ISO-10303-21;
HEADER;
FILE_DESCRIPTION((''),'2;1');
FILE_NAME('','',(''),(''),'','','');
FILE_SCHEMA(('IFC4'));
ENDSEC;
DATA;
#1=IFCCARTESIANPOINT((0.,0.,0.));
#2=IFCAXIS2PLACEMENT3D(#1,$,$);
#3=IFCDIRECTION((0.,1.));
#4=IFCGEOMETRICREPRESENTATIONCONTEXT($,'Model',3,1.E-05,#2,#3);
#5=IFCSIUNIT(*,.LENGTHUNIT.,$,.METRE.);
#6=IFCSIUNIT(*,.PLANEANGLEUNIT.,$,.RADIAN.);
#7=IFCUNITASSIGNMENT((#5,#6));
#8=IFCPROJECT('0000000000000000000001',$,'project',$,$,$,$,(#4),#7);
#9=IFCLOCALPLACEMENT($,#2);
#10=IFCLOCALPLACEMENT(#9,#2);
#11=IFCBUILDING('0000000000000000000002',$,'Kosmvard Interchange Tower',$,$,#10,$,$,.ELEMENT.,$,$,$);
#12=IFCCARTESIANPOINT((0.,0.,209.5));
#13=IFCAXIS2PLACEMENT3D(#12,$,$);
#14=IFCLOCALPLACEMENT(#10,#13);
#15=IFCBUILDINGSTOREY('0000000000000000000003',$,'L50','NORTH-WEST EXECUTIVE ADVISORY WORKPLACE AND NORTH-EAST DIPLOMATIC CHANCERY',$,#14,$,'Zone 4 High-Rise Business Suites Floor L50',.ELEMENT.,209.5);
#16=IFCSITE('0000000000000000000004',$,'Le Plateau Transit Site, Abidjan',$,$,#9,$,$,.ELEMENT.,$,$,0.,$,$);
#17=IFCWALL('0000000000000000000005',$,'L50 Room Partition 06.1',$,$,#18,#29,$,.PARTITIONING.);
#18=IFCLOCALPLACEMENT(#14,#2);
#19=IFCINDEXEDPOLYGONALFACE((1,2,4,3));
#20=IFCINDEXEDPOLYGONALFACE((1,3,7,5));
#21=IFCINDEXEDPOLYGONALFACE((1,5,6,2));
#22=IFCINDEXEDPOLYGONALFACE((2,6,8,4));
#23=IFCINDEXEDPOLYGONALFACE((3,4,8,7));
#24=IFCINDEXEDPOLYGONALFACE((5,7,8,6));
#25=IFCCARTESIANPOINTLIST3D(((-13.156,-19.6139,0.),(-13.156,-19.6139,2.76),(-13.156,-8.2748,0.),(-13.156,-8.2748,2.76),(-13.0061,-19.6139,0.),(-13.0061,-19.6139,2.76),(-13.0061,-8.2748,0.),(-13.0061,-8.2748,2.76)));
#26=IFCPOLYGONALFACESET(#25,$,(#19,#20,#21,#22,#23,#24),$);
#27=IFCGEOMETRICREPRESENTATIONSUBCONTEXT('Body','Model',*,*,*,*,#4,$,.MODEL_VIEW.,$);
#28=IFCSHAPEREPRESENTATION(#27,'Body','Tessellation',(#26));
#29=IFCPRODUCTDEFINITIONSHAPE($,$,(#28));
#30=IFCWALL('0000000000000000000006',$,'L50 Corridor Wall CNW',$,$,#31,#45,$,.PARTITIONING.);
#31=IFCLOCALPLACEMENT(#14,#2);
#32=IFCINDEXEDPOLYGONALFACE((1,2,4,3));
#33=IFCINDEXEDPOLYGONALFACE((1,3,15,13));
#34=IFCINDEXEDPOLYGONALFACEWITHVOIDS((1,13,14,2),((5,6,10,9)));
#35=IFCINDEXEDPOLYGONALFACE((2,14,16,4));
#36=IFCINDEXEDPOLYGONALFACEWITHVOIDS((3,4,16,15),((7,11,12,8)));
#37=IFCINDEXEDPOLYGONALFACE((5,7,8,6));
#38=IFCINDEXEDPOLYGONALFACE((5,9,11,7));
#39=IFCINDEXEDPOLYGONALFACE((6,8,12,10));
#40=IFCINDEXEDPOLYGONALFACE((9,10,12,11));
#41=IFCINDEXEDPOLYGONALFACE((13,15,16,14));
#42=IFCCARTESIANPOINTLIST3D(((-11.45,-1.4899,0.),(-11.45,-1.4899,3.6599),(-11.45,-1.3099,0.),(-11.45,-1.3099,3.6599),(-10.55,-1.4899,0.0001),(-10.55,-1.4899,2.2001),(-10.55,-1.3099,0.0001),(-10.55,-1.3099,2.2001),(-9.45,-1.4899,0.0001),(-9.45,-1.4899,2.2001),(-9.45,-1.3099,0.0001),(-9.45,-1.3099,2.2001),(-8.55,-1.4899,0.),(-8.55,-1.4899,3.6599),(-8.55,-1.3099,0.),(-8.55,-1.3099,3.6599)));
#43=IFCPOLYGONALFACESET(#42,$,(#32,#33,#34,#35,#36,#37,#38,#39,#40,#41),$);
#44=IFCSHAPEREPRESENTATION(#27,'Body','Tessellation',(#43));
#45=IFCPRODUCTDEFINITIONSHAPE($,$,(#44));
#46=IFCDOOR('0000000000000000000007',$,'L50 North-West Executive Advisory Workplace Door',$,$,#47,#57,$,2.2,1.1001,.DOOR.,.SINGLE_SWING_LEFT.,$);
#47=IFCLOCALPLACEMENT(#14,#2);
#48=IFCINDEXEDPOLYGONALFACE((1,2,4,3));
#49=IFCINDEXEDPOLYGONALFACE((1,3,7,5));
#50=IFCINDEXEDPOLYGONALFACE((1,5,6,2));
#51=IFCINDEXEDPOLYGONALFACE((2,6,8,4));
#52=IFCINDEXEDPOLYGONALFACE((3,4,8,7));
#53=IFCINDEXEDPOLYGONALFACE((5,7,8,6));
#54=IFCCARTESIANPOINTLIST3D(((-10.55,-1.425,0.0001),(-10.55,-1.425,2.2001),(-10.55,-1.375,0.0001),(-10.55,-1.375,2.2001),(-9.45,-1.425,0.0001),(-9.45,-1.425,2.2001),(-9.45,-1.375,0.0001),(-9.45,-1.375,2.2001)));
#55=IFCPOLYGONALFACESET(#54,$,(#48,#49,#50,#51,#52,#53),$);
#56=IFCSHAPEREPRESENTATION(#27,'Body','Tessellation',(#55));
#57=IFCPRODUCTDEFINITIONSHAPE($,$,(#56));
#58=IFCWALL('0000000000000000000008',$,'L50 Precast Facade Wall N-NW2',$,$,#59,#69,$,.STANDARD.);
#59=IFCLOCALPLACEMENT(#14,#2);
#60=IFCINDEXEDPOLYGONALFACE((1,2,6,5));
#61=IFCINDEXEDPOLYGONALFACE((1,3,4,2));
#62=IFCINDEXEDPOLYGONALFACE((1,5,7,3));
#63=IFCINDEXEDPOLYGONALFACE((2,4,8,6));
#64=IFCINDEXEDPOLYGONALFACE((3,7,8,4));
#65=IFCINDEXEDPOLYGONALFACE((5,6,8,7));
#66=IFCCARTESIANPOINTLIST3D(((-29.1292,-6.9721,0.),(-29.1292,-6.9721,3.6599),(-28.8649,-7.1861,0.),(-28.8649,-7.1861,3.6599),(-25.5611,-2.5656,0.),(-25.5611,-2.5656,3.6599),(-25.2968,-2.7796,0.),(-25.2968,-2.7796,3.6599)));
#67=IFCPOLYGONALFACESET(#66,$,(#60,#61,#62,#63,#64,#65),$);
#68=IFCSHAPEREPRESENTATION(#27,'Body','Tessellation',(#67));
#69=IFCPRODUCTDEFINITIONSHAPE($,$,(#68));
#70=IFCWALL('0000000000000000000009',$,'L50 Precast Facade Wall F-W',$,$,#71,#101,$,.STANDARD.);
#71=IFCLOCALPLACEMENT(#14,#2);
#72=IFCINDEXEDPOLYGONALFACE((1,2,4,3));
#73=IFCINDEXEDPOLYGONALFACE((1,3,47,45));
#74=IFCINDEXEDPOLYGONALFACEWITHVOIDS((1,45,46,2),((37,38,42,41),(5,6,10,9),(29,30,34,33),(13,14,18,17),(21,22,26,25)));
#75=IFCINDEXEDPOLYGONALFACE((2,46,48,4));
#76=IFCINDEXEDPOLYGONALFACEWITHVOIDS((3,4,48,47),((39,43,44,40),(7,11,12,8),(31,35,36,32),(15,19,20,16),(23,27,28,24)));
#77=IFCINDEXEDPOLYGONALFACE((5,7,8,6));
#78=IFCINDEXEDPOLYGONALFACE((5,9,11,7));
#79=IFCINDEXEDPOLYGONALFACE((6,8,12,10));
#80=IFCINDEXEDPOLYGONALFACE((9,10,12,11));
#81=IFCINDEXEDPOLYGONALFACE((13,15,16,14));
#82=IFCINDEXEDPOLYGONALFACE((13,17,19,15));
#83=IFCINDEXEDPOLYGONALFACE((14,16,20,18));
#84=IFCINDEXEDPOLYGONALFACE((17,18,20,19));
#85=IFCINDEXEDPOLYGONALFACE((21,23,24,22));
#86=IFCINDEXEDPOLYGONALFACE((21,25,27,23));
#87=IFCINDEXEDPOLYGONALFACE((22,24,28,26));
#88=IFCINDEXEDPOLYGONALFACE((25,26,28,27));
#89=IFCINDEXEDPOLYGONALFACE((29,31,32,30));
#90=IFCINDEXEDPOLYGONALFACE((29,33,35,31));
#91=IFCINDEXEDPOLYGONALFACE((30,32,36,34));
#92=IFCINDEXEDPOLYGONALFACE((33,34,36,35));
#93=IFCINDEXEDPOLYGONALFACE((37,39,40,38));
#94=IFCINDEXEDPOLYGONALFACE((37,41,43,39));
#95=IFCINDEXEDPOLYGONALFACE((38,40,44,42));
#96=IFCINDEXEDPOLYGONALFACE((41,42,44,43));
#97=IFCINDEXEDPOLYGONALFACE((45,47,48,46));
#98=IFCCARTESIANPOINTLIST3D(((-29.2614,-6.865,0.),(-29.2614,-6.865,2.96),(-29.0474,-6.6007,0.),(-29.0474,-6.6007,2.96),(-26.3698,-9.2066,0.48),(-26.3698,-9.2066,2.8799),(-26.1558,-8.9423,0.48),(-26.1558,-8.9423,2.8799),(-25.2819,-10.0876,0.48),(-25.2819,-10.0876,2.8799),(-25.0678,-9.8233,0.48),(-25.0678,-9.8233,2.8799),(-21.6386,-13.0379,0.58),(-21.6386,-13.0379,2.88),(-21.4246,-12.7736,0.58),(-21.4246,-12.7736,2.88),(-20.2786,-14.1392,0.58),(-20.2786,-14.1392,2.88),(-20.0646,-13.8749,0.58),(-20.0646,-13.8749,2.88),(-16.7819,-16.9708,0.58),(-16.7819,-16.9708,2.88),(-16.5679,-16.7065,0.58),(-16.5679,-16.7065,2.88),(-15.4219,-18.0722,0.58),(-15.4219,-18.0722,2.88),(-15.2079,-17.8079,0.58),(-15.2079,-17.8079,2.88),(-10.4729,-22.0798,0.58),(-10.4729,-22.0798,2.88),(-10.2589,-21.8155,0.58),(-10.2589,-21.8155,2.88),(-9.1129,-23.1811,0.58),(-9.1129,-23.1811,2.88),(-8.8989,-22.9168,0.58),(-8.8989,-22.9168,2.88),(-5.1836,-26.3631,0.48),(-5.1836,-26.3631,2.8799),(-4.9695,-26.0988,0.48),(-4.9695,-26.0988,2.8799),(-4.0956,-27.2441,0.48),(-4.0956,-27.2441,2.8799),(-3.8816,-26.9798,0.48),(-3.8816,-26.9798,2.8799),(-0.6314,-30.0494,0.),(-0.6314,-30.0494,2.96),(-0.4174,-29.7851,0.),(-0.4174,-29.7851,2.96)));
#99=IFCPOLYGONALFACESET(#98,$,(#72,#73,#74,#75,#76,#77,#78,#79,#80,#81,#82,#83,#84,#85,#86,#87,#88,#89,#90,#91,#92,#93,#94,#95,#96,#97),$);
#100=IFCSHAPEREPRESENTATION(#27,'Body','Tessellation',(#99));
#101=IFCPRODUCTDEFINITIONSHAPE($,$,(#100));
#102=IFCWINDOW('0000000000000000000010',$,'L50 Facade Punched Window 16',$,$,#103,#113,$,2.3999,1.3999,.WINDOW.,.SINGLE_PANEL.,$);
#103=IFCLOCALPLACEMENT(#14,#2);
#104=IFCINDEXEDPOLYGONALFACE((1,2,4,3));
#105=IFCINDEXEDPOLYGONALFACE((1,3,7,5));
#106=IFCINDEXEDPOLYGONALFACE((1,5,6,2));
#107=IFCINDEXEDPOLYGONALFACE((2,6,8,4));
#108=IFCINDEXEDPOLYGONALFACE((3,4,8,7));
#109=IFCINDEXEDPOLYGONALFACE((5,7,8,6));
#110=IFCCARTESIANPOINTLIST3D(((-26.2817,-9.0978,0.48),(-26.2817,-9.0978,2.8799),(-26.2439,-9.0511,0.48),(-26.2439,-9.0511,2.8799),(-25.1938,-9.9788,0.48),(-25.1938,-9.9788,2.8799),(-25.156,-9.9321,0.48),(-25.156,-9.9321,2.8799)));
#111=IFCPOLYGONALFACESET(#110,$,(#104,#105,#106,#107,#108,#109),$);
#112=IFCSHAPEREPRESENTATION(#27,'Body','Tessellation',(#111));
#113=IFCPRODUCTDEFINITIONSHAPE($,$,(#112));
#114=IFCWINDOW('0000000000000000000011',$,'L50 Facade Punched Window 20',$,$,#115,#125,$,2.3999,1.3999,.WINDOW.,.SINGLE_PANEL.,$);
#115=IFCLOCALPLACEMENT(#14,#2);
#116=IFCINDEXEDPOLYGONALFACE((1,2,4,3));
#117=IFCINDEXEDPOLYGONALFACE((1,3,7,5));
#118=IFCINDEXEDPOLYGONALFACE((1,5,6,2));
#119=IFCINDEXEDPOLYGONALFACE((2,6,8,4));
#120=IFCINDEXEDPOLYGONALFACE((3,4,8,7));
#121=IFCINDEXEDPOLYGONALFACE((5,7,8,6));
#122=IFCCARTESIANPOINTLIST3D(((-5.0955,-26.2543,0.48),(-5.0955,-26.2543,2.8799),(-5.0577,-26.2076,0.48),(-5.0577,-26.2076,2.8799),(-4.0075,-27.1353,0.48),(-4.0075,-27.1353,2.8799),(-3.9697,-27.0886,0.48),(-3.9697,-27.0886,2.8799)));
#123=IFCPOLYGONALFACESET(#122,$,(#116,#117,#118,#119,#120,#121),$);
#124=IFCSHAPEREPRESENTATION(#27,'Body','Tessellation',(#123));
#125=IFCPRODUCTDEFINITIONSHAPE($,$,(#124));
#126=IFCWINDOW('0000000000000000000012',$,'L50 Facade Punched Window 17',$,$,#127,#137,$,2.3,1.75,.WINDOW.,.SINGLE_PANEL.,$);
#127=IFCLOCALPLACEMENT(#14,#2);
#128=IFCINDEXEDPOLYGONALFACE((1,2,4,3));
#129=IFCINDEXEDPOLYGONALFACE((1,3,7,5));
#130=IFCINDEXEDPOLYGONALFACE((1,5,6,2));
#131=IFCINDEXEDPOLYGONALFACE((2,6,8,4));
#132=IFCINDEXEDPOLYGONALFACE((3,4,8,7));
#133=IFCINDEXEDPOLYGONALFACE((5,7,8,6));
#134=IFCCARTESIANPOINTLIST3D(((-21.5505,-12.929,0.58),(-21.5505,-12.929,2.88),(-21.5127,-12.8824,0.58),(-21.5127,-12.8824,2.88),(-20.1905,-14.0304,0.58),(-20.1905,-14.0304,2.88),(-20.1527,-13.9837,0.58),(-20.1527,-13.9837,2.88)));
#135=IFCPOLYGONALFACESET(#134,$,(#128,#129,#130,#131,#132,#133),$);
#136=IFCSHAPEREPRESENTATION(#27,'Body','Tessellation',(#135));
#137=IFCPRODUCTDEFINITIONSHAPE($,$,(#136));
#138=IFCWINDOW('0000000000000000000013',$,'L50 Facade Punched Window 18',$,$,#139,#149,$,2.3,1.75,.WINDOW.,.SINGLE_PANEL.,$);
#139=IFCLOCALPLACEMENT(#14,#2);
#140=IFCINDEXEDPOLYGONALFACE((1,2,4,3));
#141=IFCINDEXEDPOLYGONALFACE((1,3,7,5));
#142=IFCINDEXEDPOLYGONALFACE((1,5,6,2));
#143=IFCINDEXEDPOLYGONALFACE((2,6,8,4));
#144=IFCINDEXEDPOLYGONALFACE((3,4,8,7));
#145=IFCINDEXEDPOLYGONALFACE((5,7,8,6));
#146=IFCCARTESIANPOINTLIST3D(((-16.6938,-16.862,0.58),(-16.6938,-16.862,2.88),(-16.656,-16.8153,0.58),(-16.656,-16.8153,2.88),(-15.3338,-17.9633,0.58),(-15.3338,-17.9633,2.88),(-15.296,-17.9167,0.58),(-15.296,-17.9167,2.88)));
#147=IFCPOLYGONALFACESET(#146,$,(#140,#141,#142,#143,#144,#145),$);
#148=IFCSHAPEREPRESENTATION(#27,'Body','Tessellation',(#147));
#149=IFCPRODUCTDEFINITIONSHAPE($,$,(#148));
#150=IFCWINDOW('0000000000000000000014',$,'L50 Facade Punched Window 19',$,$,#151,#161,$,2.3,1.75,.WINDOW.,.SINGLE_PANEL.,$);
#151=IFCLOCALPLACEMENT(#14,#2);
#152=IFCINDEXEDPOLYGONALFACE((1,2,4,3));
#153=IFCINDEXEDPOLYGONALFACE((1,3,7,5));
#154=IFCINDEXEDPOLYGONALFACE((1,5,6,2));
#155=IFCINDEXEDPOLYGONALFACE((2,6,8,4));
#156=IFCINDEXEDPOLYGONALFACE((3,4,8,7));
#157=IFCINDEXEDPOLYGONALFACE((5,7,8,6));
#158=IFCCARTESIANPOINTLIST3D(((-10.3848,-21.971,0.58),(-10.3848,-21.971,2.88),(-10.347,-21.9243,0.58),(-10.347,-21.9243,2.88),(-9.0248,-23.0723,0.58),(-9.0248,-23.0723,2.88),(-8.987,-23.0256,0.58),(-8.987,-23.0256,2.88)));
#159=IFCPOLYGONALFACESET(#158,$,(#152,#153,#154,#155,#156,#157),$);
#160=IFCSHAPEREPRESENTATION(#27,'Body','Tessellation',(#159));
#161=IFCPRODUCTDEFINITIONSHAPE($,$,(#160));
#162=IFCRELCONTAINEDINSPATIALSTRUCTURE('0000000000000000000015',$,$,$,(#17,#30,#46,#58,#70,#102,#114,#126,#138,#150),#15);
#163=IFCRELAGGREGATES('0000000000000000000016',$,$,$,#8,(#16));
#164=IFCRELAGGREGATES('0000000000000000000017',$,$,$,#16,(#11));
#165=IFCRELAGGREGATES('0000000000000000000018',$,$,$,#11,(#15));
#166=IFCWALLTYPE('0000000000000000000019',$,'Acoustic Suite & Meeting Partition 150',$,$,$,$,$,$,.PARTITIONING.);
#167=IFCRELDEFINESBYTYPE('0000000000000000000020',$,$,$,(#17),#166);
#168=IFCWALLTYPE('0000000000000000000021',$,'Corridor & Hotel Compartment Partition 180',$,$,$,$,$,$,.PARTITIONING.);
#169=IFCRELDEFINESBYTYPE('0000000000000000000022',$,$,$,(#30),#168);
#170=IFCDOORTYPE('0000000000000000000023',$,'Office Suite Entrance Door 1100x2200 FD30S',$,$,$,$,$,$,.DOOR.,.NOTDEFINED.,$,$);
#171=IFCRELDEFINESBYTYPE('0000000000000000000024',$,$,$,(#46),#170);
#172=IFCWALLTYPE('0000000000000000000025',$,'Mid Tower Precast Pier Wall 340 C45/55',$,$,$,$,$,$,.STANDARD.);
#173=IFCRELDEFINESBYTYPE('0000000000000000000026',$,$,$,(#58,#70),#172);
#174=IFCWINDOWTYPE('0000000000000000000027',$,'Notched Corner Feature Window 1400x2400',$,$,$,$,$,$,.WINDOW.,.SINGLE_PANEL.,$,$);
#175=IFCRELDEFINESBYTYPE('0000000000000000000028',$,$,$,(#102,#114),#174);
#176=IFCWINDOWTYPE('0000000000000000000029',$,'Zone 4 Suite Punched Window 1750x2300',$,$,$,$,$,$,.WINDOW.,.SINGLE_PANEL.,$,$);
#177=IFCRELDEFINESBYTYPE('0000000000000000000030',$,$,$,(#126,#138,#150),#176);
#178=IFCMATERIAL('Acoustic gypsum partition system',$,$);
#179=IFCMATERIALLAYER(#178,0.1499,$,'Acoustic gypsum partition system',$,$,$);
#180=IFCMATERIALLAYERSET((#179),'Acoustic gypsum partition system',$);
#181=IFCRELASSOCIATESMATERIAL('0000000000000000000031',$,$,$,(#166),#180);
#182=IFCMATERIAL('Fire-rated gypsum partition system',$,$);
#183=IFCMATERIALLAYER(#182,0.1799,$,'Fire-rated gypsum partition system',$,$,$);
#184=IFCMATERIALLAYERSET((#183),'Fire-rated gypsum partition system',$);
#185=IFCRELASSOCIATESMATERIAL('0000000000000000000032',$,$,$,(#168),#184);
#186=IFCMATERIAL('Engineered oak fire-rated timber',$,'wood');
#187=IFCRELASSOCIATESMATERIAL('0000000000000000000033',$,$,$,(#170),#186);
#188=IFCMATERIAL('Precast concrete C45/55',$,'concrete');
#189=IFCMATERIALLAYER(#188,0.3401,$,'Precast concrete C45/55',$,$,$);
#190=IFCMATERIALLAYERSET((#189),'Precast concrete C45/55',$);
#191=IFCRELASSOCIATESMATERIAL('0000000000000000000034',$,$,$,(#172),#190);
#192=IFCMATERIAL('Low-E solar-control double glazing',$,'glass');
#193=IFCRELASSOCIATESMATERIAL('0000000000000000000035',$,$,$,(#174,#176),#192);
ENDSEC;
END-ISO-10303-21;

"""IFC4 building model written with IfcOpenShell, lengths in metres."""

from ifc_helpers import new_model, si_unit, direction, frame, frame_2d, origin, place, context, subcontext, project, spatial, rectangle, extrude, source, transform, mapped, material, layer, layer_set, type_object, element, fill, save


model = new_model("IFC4")

# Units and contexts
model_context = context("Model", 3, precision=1e-05, world=origin(), true_north=direction((0.0, 1.0)))
body_context = subcontext(model_context, "Body", "Model", "MODEL_VIEW")
ifc_project = project(units=[si_unit("LENGTHUNIT", "METRE"), si_unit("PLANEANGLEUNIT", "RADIAN")], contexts=[model_context])

# Site, building, storey
site_placement = place(None, origin())
site = spatial("IfcSite", under=ifc_project, at=site_placement, Name="Le Plateau Transit Site, Abidjan", CompositionType="ELEMENT", RefElevation=0.0)
building_placement = place(site_placement, origin())
building = spatial("IfcBuilding", under=site, at=building_placement, Name="Kosmvard Interchange Tower", CompositionType="ELEMENT")
storey_placement = place(building_placement, frame((0.0, 0.0, 209.5)))
storey = spatial("IfcBuildingStorey", under=building, at=storey_placement, Name="L50", Description="NORTH-WEST EXECUTIVE ADVISORY WORKPLACE AND NORTH-EAST DIPLOMATIC CHANCERY", LongName="Zone 4 High-Rise Business Suites Floor L50", CompositionType="ELEMENT", Elevation=209.5)

# Wall
ifc_material_1 = material(Name="Acoustic gypsum partition system")
ifc_layer_1 = layer(ifc_material_1, 0.1499, Name="Acoustic gypsum partition system")
ifc_layer_set_1 = layer_set([ifc_layer_1], Name="Acoustic gypsum partition system")
wall_type_1 = type_object("IfcWallType", Name="Acoustic Suite & Meeting Partition 150", PredefinedType="PARTITIONING", material=ifc_layer_set_1)
wall_1_placement = place(storey_placement, frame((-13.0811, -8.2749, 0.0), z_axis=(0.0, 0.0, 1.0), x_axis=(0.0, -1.0, 0.0)))
element("IfcWall", 1, at=wall_1_placement, inside=storey, type_object=wall_type_1, Name="L50 Room Partition 06.1", PredefinedType="PARTITIONING", context=body_context, shape_type="SweptSolid", body=[
    extrude(rectangle(XDim=11.3391, YDim=0.1499, at=frame_2d((5.6694, 0.0))), origin(), (0.0, 0.0, 1.0), 2.76),
])

# Wall, opening, door
ifc_material_2 = material(Name="Fire-rated gypsum partition system")
ifc_layer_2 = layer(ifc_material_2, 0.1799, Name="Fire-rated gypsum partition system")
ifc_layer_set_2 = layer_set([ifc_layer_2], Name="Fire-rated gypsum partition system")
wall_type_2 = type_object("IfcWallType", Name="Corridor & Hotel Compartment Partition 180", PredefinedType="PARTITIONING", material=ifc_layer_set_2)
wall_2_placement = place(storey_placement, frame((-11.45, -1.3999, 0.0), z_axis=(0.0, 0.0, 1.0), x_axis=(1.0, 0.0, 0.0)))
wall_2 = element("IfcWall", 2, at=wall_2_placement, inside=storey, type_object=wall_type_2, Name="L50 Corridor Wall CNW", PredefinedType="PARTITIONING", context=body_context, shape_type="SweptSolid", body=[
    extrude(rectangle(XDim=2.8999, YDim=0.1799, at=frame_2d((1.45, 0.0))), origin(), (0.0, 0.0, 1.0), 3.6599),
])
opening_1_placement = place(wall_2_placement, frame((0.8999, 0.0, 0.0)))
opening_1 = element("IfcOpeningElement", 3, at=opening_1_placement, cuts=wall_2, PredefinedType="OPENING", context=body_context, shape_type="SweptSolid", body=[
    extrude(rectangle(XDim=1.1001, YDim=2.2, at=frame_2d((0.55, 1.1001))), frame((0.0, 0.1001, 0.0), z_axis=(0.0, -1.0, 0.0), x_axis=(1.0, 0.0, 0.0)), (0.0, 0.0, 1.0), 0.2),
])
ifc_material_3 = material(Name="Engineered oak fire-rated timber", Category="wood")
door_type_1 = type_object("IfcDoorType", Name="Office Suite Entrance Door 1100x2200 FD30S", OperationType="NOTDEFINED", PredefinedType="DOOR", material=ifc_material_3)
shared_shape_1 = source(origin(), body_context, "Body", "SweptSolid", [
    extrude(rectangle(XDim=1.1001, YDim=2.2, at=frame_2d((0.55, 1.1001))), frame((0.0, 0.0249, 0.0), z_axis=(0.0, -1.0, 0.0), x_axis=(1.0, 0.0, 0.0)), (0.0, 0.0, 1.0), 0.05),
])
door_1_placement = place(opening_1_placement, origin())
door_1 = element("IfcDoor", 4, at=door_1_placement, inside=storey, type_object=door_type_1, Name="L50 North-West Executive Advisory Workplace Door", OperationType="SINGLE_SWING_LEFT", OverallHeight=2.2, OverallWidth=1.1001, PredefinedType="DOOR", context=body_context, shape_type="MappedRepresentation", body=[
    mapped(shared_shape_1, transform((0.0, 0.0, 0.0), scale=1.0)),
])
fill(opening_1, door_1)

# Wall
ifc_material_4 = material(Name="Precast concrete C45/55", Category="concrete")
ifc_layer_3 = layer(ifc_material_4, 0.3401, Name="Precast concrete C45/55")
ifc_layer_set_3 = layer_set([ifc_layer_3], Name="Precast concrete C45/55")
wall_type_3 = type_object("IfcWallType", Name="Mid Tower Precast Pier Wall 340 C45/55", PredefinedType="STANDARD", material=ifc_layer_set_3)
wall_3_placement = place(storey_placement, frame((-25.429, -2.6726, 0.0), z_axis=(0.0, 0.0, 1.0), x_axis=(-0.6293, -0.777163, 0.0)))
element("IfcWall", 5, at=wall_3_placement, inside=storey, type_object=wall_type_3, Name="L50 Precast Facade Wall N-NW2", PredefinedType="STANDARD", context=body_context, shape_type="SweptSolid", body=[
    extrude(rectangle(XDim=5.6699, YDim=0.3401, at=frame_2d((2.835, 0.0))), origin(), (0.0, 0.0, 1.0), 3.6599),
])

# Wall, openings, windows
wall_4_placement = place(storey_placement, frame((-29.1543, -6.7329, 0.0), z_axis=(0.0, 0.0, 1.0), x_axis=(0.777142, -0.629325, 0.0)))
wall_4 = element("IfcWall", 6, at=wall_4_placement, inside=storey, type_object=wall_type_3, Name="L50 Precast Facade Wall F-W", PredefinedType="STANDARD", context=body_context, shape_type="SweptSolid", body=[
    extrude(rectangle(XDim=36.8401, YDim=0.3401, at=frame_2d((18.4199, 0.0))), origin(), (0.0, 0.0, 1.0), 2.96),
])
opening_2_placement = place(wall_4_placement, frame((3.7207, 0.0, 0.48)))
opening_2 = element("IfcOpeningElement", 7, at=opening_2_placement, cuts=wall_4, PredefinedType="OPENING", context=body_context, shape_type="SweptSolid", body=[
    extrude(rectangle(XDim=1.3999, YDim=2.3999, at=frame_2d((0.7, 1.2))), frame((0.0, 0.1802, 0.0), z_axis=(0.0, -1.0, 0.0), x_axis=(1.0, 0.0, 0.0)), (0.0, 0.0, 1.0), 0.3601),
])
opening_3_placement = place(wall_4_placement, frame((9.8086, 0.0, 0.5801)))
opening_3 = element("IfcOpeningElement", 8, at=opening_3_placement, cuts=wall_4, PredefinedType="OPENING", context=body_context, shape_type="SweptSolid", body=[
    extrude(rectangle(XDim=1.75, YDim=2.3, at=frame_2d((0.875, 1.1499))), frame((0.0, 0.1802, 0.0), z_axis=(0.0, -1.0, 0.0), x_axis=(1.0, 0.0, 0.0)), (0.0, 0.0, 1.0), 0.3601),
])
opening_4_placement = place(wall_4_placement, frame((16.0581, 0.0, 0.5801)))
opening_4 = element("IfcOpeningElement", 9, at=opening_4_placement, cuts=wall_4, PredefinedType="OPENING", context=body_context, shape_type="SweptSolid", body=[
    extrude(rectangle(XDim=1.75, YDim=2.3, at=frame_2d((0.875, 1.1499))), frame((0.0, 0.1802, 0.0), z_axis=(0.0, -1.0, 0.0), x_axis=(1.0, 0.0, 0.0)), (0.0, 0.0, 1.0), 0.3601),
])
opening_5_placement = place(wall_4_placement, frame((24.1763, 0.0, 0.5801)))
opening_5 = element("IfcOpeningElement", 10, at=opening_5_placement, cuts=wall_4, PredefinedType="OPENING", context=body_context, shape_type="SweptSolid", body=[
    extrude(rectangle(XDim=1.75, YDim=2.3, at=frame_2d((0.875, 1.1499))), frame((0.0, 0.1802, 0.0), z_axis=(0.0, -1.0, 0.0), x_axis=(1.0, 0.0, 0.0)), (0.0, 0.0, 1.0), 0.3601),
])
opening_6_placement = place(wall_4_placement, frame((30.9824, 0.0, 0.48)))
opening_6 = element("IfcOpeningElement", 11, at=opening_6_placement, cuts=wall_4, PredefinedType="OPENING", context=body_context, shape_type="SweptSolid", body=[
    extrude(rectangle(XDim=1.3999, YDim=2.3999, at=frame_2d((0.7, 1.2))), frame((0.0, 0.1802, 0.0), z_axis=(0.0, -1.0, 0.0), x_axis=(1.0, 0.0, 0.0)), (0.0, 0.0, 1.0), 0.3601),
])
ifc_material_5 = material(Name="Low-E solar-control double glazing", Category="glass")
window_type_1 = type_object("IfcWindowType", Name="Notched Corner Feature Window 1400x2400", PartitioningType="SINGLE_PANEL", PredefinedType="WINDOW", material=ifc_material_5)
shared_shape_2 = source(origin(), body_context, "Body", "SweptSolid", [
    extrude(rectangle(XDim=1.3999, YDim=2.3999, at=frame_2d((0.7, 1.2))), frame((0.0, 0.03, 0.0), z_axis=(0.0, -1.0, 0.0), x_axis=(1.0, 0.0, 0.0)), (0.0, 0.0, 1.0), 0.0601),
])
window_1_placement = place(opening_2_placement, origin())
window_1 = element("IfcWindow", 12, at=window_1_placement, inside=storey, type_object=window_type_1, Name="L50 Facade Punched Window 16", OverallHeight=2.3999, OverallWidth=1.3999, PartitioningType="SINGLE_PANEL", PredefinedType="WINDOW", context=body_context, shape_type="MappedRepresentation", body=[
    mapped(shared_shape_2, transform((0.0, 0.0, 0.0), scale=1.0)),
])
fill(opening_2, window_1)
window_2_placement = place(opening_6_placement, origin())
window_2 = element("IfcWindow", 13, at=window_2_placement, inside=storey, type_object=window_type_1, Name="L50 Facade Punched Window 20", OverallHeight=2.3999, OverallWidth=1.3999, PartitioningType="SINGLE_PANEL", PredefinedType="WINDOW", context=body_context, shape_type="MappedRepresentation", body=[
    mapped(shared_shape_2, transform((0.0, 0.0, 0.0), scale=1.0)),
])
fill(opening_6, window_2)
window_type_2 = type_object("IfcWindowType", Name="Zone 4 Suite Punched Window 1750x2300", PartitioningType="SINGLE_PANEL", PredefinedType="WINDOW", material=ifc_material_5)
shared_shape_3 = source(origin(), body_context, "Body", "SweptSolid", [
    extrude(rectangle(XDim=1.75, YDim=2.3, at=frame_2d((0.875, 1.1499))), frame((0.0, 0.03, 0.0), z_axis=(0.0, -1.0, 0.0), x_axis=(1.0, 0.0, 0.0)), (0.0, 0.0, 1.0), 0.0601),
])
window_3_placement = place(opening_3_placement, origin())
window_3 = element("IfcWindow", 14, at=window_3_placement, inside=storey, type_object=window_type_2, Name="L50 Facade Punched Window 17", OverallHeight=2.3, OverallWidth=1.75, PartitioningType="SINGLE_PANEL", PredefinedType="WINDOW", context=body_context, shape_type="MappedRepresentation", body=[
    mapped(shared_shape_3, transform((0.0, 0.0, 0.0), scale=1.0)),
])
fill(opening_3, window_3)
window_4_placement = place(opening_4_placement, origin())
window_4 = element("IfcWindow", 15, at=window_4_placement, inside=storey, type_object=window_type_2, Name="L50 Facade Punched Window 18", OverallHeight=2.3, OverallWidth=1.75, PartitioningType="SINGLE_PANEL", PredefinedType="WINDOW", context=body_context, shape_type="MappedRepresentation", body=[
    mapped(shared_shape_3, transform((0.0, 0.0, 0.0), scale=1.0)),
])
fill(opening_4, window_4)
window_5_placement = place(opening_5_placement, origin())
window_5 = element("IfcWindow", 16, at=window_5_placement, inside=storey, type_object=window_type_2, Name="L50 Facade Punched Window 19", OverallHeight=2.3, OverallWidth=1.75, PartitioningType="SINGLE_PANEL", PredefinedType="WINDOW", context=body_context, shape_type="MappedRepresentation", body=[
    mapped(shared_shape_3, transform((0.0, 0.0, 0.0), scale=1.0)),
])
fill(opening_5, window_5)

save(model, "model.ifc")
